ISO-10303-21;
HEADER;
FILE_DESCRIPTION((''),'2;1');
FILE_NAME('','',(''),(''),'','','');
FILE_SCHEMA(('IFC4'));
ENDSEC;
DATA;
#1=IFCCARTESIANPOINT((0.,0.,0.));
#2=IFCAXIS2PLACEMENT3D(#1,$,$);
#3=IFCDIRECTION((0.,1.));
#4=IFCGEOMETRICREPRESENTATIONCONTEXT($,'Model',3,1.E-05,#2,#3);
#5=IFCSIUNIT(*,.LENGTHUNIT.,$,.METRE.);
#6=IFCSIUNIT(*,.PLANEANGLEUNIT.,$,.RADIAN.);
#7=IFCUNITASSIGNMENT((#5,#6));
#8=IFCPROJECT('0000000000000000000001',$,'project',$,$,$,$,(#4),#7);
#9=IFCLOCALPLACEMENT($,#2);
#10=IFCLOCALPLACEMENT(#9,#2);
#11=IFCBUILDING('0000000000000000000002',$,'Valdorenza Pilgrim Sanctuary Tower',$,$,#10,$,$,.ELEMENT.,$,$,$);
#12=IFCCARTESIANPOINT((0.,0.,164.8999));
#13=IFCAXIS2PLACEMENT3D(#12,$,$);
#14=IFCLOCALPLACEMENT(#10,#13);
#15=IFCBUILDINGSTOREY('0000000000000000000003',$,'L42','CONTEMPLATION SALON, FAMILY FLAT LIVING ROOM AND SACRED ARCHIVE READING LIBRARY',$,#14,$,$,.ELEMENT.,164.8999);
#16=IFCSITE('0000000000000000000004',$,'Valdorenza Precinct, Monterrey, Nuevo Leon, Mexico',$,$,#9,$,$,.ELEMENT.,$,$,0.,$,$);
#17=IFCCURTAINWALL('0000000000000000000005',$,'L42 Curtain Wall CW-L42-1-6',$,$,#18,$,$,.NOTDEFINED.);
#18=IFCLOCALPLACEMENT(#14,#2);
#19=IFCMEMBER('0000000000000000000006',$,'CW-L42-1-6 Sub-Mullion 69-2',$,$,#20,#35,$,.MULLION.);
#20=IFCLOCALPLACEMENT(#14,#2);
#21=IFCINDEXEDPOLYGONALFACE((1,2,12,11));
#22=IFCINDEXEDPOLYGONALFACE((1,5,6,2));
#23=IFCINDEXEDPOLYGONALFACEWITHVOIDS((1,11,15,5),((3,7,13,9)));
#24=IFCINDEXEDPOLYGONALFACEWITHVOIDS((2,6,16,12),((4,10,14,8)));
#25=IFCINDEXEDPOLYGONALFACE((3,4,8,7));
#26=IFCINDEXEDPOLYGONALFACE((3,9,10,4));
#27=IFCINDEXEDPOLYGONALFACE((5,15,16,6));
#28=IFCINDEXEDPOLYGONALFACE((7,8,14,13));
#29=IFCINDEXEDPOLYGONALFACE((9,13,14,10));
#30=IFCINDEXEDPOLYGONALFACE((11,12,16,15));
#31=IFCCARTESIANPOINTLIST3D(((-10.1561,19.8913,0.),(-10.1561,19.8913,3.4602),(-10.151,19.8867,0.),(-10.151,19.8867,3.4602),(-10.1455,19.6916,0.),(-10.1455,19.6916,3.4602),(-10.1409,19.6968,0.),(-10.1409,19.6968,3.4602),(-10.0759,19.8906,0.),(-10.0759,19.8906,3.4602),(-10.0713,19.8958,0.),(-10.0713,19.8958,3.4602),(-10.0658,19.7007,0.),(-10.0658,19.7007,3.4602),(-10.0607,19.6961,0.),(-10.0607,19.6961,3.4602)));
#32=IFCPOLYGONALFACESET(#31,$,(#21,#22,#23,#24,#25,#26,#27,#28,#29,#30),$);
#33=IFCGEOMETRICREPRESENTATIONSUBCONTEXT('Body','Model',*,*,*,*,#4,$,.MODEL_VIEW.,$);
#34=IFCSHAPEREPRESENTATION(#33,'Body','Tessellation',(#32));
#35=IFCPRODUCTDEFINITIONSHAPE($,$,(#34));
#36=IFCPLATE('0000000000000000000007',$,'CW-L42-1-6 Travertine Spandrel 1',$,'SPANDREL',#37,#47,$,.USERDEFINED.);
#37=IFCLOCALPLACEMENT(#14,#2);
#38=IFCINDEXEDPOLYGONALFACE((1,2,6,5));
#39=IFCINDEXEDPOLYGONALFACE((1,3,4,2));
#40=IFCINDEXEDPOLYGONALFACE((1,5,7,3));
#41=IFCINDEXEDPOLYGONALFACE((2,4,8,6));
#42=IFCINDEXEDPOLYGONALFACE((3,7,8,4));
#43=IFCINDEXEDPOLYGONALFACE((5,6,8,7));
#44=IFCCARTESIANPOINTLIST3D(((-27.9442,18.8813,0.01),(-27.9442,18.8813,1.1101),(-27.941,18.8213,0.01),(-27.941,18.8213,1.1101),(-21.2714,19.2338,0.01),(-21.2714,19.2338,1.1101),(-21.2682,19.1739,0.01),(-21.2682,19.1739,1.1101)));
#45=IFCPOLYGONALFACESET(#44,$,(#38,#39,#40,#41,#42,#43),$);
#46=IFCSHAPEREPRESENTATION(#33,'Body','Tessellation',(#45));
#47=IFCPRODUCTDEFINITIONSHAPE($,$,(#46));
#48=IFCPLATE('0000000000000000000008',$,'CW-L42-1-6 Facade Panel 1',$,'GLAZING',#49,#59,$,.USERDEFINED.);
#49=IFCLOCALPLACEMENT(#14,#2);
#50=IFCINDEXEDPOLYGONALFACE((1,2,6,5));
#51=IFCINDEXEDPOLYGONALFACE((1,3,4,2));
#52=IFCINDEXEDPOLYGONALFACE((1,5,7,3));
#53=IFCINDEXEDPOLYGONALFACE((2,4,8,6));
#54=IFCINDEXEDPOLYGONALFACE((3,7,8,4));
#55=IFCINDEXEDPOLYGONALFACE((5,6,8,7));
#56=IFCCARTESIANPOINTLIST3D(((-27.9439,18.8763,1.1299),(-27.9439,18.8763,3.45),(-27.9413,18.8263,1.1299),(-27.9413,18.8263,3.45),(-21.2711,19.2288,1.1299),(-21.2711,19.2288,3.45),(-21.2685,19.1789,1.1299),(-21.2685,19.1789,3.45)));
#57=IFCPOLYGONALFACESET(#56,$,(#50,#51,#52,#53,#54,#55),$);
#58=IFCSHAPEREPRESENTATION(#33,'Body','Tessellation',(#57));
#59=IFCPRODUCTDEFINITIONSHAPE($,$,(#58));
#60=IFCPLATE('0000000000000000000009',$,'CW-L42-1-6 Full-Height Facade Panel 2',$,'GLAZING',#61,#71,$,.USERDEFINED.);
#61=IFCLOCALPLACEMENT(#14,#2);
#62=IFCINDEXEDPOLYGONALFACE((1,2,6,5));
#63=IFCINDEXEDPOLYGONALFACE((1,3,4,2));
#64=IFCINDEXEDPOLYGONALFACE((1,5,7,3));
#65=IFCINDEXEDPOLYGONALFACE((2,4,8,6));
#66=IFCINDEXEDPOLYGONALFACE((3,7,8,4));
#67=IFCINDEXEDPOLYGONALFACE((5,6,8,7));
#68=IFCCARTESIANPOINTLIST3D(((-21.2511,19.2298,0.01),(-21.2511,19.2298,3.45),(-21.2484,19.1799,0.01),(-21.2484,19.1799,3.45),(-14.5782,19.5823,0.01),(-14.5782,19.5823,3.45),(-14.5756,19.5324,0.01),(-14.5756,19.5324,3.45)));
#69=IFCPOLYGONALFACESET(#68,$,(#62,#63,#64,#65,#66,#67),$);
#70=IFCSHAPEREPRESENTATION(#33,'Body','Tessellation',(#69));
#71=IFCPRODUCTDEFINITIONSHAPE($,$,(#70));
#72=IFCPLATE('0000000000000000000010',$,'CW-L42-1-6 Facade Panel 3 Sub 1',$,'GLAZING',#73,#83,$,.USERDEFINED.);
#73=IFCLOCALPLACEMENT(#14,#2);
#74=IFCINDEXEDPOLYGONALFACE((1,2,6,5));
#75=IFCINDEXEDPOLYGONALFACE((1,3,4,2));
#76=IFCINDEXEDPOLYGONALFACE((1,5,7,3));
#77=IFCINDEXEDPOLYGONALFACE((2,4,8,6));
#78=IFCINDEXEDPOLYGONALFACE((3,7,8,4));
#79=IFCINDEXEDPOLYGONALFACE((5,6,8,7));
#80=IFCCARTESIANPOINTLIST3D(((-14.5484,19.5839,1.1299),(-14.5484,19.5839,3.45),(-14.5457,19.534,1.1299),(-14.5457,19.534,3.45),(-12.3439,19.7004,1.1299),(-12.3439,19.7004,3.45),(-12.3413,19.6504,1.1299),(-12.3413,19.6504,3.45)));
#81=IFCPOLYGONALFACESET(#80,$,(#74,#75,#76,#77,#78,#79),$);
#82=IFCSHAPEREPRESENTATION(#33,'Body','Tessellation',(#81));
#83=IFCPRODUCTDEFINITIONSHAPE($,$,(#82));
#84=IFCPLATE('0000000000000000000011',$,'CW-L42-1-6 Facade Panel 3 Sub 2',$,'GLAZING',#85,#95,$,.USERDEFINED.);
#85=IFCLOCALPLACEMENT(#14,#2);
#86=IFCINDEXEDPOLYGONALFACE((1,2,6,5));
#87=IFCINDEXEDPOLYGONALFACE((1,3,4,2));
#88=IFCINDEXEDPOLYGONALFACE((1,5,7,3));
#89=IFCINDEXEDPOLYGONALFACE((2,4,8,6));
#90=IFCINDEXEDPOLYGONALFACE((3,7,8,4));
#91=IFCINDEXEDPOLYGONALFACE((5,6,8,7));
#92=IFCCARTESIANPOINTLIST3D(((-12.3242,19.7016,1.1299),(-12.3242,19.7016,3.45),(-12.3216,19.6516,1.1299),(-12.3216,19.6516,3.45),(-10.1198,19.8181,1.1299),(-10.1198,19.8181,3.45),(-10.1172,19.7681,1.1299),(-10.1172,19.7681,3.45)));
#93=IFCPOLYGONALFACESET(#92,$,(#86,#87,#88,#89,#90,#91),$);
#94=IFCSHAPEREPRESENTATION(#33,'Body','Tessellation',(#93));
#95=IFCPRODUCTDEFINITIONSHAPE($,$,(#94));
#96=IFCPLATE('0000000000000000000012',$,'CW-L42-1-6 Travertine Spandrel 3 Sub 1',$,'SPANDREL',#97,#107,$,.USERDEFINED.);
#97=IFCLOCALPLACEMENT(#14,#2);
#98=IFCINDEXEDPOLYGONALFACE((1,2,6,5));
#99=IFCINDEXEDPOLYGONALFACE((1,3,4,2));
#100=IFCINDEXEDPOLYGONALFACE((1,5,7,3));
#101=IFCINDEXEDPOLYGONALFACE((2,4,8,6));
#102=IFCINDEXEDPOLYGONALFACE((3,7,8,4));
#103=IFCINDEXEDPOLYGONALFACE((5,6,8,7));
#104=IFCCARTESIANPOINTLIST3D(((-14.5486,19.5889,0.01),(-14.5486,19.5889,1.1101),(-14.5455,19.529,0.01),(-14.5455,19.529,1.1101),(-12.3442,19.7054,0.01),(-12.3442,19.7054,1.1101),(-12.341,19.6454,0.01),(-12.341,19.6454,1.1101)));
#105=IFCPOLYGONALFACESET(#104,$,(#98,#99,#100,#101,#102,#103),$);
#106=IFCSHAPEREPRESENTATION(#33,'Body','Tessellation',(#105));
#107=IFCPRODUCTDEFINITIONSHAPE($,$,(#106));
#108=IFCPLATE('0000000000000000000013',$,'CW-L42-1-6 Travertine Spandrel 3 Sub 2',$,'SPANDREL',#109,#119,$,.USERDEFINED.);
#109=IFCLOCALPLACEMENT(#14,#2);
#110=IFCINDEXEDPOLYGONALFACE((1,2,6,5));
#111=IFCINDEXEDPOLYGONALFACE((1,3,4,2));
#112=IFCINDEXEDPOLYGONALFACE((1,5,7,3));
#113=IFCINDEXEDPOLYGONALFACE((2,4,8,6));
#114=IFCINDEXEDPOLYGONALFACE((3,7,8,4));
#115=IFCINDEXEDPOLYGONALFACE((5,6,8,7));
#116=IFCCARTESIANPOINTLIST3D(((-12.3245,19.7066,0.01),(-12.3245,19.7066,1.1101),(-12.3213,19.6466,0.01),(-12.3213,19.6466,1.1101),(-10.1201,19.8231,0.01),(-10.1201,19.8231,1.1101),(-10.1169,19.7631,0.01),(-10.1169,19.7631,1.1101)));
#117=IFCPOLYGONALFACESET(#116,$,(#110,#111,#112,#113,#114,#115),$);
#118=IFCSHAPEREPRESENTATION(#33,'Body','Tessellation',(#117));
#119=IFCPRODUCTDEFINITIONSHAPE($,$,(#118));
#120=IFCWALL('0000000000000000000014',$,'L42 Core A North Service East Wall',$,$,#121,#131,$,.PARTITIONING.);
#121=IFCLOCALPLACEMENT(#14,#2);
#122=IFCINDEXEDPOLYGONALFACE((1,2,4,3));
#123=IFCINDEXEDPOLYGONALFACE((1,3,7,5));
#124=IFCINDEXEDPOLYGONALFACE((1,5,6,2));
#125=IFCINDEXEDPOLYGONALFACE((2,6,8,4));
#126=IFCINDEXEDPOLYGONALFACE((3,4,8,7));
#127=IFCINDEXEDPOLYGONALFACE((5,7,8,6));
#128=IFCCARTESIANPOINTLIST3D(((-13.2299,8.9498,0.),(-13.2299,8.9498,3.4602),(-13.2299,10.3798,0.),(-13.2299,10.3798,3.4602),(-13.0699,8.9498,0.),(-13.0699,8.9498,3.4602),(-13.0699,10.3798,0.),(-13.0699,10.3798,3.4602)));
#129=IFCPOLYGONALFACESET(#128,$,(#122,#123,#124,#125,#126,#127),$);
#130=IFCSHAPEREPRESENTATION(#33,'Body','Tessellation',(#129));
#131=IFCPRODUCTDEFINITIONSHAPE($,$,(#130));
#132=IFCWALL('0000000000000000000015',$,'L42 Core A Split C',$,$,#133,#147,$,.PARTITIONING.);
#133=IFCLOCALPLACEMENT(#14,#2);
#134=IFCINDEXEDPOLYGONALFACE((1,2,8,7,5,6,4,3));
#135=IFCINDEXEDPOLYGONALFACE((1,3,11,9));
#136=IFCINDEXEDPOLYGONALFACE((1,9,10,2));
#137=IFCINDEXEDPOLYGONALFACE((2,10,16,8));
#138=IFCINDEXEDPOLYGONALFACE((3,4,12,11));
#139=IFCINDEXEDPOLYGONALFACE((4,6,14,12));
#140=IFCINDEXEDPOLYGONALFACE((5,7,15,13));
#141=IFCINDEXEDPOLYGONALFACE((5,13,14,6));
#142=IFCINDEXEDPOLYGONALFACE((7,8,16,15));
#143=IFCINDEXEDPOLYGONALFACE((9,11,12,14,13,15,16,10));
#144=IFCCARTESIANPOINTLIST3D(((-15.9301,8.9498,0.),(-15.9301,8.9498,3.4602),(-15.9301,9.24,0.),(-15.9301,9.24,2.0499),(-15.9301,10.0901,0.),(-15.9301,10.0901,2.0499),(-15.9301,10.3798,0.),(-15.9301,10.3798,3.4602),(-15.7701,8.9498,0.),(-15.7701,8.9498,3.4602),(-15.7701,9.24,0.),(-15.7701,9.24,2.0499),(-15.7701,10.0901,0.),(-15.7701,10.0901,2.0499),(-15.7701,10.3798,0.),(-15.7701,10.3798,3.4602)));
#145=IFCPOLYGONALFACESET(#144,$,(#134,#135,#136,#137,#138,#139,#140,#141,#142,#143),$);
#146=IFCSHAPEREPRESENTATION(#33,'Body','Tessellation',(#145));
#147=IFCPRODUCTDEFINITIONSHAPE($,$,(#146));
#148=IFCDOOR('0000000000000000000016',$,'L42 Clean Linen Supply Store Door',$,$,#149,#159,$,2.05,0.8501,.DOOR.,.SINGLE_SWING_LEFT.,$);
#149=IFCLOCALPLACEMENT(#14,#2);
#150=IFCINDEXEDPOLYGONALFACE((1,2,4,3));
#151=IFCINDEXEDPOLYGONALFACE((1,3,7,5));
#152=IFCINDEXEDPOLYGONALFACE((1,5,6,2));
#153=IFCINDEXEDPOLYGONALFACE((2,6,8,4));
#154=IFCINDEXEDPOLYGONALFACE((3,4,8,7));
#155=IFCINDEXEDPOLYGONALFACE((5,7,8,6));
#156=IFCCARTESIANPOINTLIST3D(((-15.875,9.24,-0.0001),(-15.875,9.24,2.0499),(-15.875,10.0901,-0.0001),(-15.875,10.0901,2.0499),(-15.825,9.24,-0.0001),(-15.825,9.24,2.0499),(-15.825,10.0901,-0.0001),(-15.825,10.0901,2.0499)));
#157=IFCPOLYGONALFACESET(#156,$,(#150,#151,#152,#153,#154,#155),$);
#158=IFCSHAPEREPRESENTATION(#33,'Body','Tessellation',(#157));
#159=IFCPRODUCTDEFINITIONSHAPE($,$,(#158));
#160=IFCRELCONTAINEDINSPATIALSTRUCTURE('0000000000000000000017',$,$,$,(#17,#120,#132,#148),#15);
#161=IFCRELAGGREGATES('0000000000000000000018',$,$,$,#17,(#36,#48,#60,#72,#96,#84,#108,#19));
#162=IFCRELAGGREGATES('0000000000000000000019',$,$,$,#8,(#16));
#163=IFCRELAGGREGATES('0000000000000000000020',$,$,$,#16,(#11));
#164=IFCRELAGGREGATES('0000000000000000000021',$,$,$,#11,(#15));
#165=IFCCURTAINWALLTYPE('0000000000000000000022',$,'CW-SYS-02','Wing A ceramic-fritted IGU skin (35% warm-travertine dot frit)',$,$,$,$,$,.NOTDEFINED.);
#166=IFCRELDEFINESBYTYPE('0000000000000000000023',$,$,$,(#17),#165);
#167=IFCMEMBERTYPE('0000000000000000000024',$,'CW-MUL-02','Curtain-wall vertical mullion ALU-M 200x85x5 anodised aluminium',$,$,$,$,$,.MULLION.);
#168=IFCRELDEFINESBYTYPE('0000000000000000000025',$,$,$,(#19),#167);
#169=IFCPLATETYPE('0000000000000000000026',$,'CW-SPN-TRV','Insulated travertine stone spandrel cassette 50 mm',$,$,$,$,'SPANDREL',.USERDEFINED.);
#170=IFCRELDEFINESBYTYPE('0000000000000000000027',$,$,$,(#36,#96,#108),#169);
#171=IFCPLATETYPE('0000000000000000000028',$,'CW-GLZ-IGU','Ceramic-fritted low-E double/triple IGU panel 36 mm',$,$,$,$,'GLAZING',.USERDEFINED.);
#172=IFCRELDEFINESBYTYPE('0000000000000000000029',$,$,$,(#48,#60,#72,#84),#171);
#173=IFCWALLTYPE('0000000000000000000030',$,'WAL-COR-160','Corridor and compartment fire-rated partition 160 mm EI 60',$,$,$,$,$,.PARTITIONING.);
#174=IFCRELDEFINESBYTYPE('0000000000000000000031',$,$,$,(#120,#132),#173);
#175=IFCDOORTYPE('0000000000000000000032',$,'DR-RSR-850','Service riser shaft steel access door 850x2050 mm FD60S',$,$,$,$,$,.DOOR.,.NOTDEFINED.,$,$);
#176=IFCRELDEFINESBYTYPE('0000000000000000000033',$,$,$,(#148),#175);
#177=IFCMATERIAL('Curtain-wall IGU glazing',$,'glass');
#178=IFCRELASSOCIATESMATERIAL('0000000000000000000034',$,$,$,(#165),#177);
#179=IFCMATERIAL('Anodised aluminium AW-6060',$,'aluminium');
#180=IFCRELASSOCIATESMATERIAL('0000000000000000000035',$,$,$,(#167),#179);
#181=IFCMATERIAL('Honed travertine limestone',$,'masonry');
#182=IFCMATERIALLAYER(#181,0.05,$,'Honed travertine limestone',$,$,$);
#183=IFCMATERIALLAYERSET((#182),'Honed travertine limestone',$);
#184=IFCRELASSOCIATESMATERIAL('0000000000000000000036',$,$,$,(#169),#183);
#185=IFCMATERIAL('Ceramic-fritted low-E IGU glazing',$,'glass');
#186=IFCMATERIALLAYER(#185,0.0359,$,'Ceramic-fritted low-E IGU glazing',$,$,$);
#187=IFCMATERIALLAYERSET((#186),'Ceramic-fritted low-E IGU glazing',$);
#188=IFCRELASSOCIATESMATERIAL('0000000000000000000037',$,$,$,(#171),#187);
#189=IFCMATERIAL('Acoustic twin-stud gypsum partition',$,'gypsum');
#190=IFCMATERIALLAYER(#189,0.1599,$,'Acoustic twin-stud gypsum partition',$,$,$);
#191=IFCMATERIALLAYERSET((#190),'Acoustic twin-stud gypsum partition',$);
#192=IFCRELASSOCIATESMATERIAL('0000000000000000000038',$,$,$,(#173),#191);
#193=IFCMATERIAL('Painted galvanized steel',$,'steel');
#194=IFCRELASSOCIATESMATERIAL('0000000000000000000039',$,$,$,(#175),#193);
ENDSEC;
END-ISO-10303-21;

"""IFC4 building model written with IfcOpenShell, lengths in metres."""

from ifc_helpers import new_model, si_unit, direction, frame, frame_2d, origin, origin_2d, place, context, subcontext, project, spatial, rectangle, hollow_rectangle, extrude, source, transform, mapped, material, layer, layer_set, material_profile, profile_set, type_object, element, fill, aggregate, save


model = new_model("IFC4")

# Units and contexts
model_context = context("Model", 3, precision=1e-05, world=origin(), true_north=direction((0.0, 1.0)))
body_context = subcontext(model_context, "Body", "Model", "MODEL_VIEW")
ifc_project = project(units=[si_unit("LENGTHUNIT", "METRE"), si_unit("PLANEANGLEUNIT", "RADIAN")], contexts=[model_context])

# Site, building, storey
site_placement = place(None, origin())
site = spatial("IfcSite", under=ifc_project, at=site_placement, Name="Valdorenza Precinct, Monterrey, Nuevo Leon, Mexico", CompositionType="ELEMENT", RefElevation=0.0)
building_placement = place(site_placement, origin())
building = spatial("IfcBuilding", under=site, at=building_placement, Name="Valdorenza Pilgrim Sanctuary Tower", CompositionType="ELEMENT")
storey_placement = place(building_placement, frame((0.0, 0.0, 164.8999)))
storey = spatial("IfcBuildingStorey", under=building, at=storey_placement, Name="L42", Description="CONTEMPLATION SALON, FAMILY FLAT LIVING ROOM AND SACRED ARCHIVE READING LIBRARY", CompositionType="ELEMENT", Elevation=164.8999)

# Curtain wall, member, plates
ifc_material_1 = material(Name="Curtain-wall IGU glazing", Category="glass")
curtain_wall_type = type_object("IfcCurtainWallType", Name="CW-SYS-02", Description="Wing A ceramic-fritted IGU skin (35% warm-travertine dot frit)", PredefinedType="NOTDEFINED", material=ifc_material_1)
curtain_wall_placement = place(storey_placement, origin())
curtain_wall = element("IfcCurtainWall", 1, at=curtain_wall_placement, inside=storey, type_object=curtain_wall_type, Name="L42 Curtain Wall CW-L42-1-6", PredefinedType="NOTDEFINED")
ifc_material_2 = material(Name="Anodised aluminium AW-6060", Category="aluminium")
ifc_material_profile_1 = material_profile(ifc_material_2, hollow_rectangle(XDim=0.085, YDim=0.2, WallThickness=0.0049, at=origin_2d()), Name="ALU-M 200x85x5")
ifc_profile_set_1 = profile_set([ifc_material_profile_1], Name="Anodised aluminium AW-6060")
member_type = type_object("IfcMemberType", Name="CW-MUL-02", Description="Curtain-wall vertical mullion ALU-M 200x85x5 anodised aluminium", PredefinedType="MULLION", material=ifc_profile_set_1)
shared_shape_1 = source(origin(), body_context, "Body", "SweptSolid", [
    extrude(hollow_rectangle(XDim=0.085, YDim=0.2, WallThickness=0.0049, at=origin_2d()), origin(), (0.0, 0.0, 1.0), 3.4602),
])
member_1_placement = place(storey_placement, frame((-10.1084, 19.7937, 0.0), z_axis=(0.0, 0.0, 1.0), x_axis=(0.998608, 0.052754, 0.0)))
member_1 = element("IfcMember", 2, at=member_1_placement, type_object=member_type, Name="CW-L42-1-6 Sub-Mullion 69-2", PredefinedType="MULLION", context=body_context, shape_type="MappedRepresentation", body=[
    mapped(shared_shape_1, transform((0.0, 0.0, 0.0), x_axis=(1.0, 0.0, 0.0), y_axis=(0.0, 1.0, 0.0), z_axis=(0.0, 0.0, 1.0), scale=1.0)),
])
ifc_material_3 = material(Name="Honed travertine limestone", Category="masonry")
ifc_layer_1 = layer(ifc_material_3, 0.05, Name="Honed travertine limestone")
ifc_layer_set_1 = layer_set([ifc_layer_1], Name="Honed travertine limestone")
plate_type_1 = type_object("IfcPlateType", Name="CW-SPN-TRV", Description="Insulated travertine stone spandrel cassette 50 mm", ElementType="SPANDREL", PredefinedType="USERDEFINED", material=ifc_layer_set_1)
shared_shape_2 = source(origin(), body_context, "Body", "SweptSolid", [
    extrude(rectangle(XDim=6.6821, YDim=0.0601, at=origin_2d()), origin(), (0.0, 0.0, 1.0), 1.1001),
])
plate_1_placement = place(storey_placement, frame((-24.6062, 19.0276, 0.01), z_axis=(0.0, 0.0, 1.0), x_axis=(0.998608, 0.052754, 0.0)))
plate_1 = element("IfcPlate", 3, at=plate_1_placement, type_object=plate_type_1, Name="CW-L42-1-6 Travertine Spandrel 1", ObjectType="SPANDREL", PredefinedType="USERDEFINED", context=body_context, shape_type="MappedRepresentation", body=[
    mapped(shared_shape_2, transform((0.0, 0.0, 0.0), x_axis=(1.0, 0.0, 0.0), y_axis=(0.0, 1.0, 0.0), z_axis=(0.0, 0.0, 1.0), scale=1.0)),
])
ifc_material_4 = material(Name="Ceramic-fritted low-E IGU glazing", Category="glass")
ifc_layer_2 = layer(ifc_material_4, 0.0359, Name="Ceramic-fritted low-E IGU glazing")
ifc_layer_set_2 = layer_set([ifc_layer_2], Name="Ceramic-fritted low-E IGU glazing")
plate_type_2 = type_object("IfcPlateType", Name="CW-GLZ-IGU", Description="Ceramic-fritted low-E double/triple IGU panel 36 mm", ElementType="GLAZING", PredefinedType="USERDEFINED", material=ifc_layer_set_2)
shared_shape_3 = source(origin(), body_context, "Body", "SweptSolid", [
    extrude(rectangle(XDim=6.6821, YDim=0.05, at=origin_2d()), origin(), (0.0, 0.0, 1.0), 2.3201),
])
plate_2_placement = place(storey_placement, frame((-24.6062, 19.0276, 1.1299), z_axis=(0.0, 0.0, 1.0), x_axis=(0.998608, 0.052754, 0.0)))
plate_2 = element("IfcPlate", 4, at=plate_2_placement, type_object=plate_type_2, Name="CW-L42-1-6 Facade Panel 1", ObjectType="GLAZING", PredefinedType="USERDEFINED", context=body_context, shape_type="MappedRepresentation", body=[
    mapped(shared_shape_3, transform((0.0, 0.0, 0.0), x_axis=(1.0, 0.0, 0.0), y_axis=(0.0, 1.0, 0.0), z_axis=(0.0, 0.0, 1.0), scale=1.0)),
])
shared_shape_4 = source(origin(), body_context, "Body", "SweptSolid", [
    extrude(rectangle(XDim=6.6821, YDim=0.05, at=origin_2d()), origin(), (0.0, 0.0, 1.0), 3.4399),
])
plate_3_placement = place(storey_placement, frame((-17.9133, 19.3811, 0.01), z_axis=(0.0, 0.0, 1.0), x_axis=(0.998608, 0.052754, 0.0)))
plate_3 = element("IfcPlate", 5, at=plate_3_placement, type_object=plate_type_2, Name="CW-L42-1-6 Full-Height Facade Panel 2", ObjectType="GLAZING", PredefinedType="USERDEFINED", context=body_context, shape_type="MappedRepresentation", body=[
    mapped(shared_shape_4, transform((0.0, 0.0, 0.0), x_axis=(1.0, 0.0, 0.0), y_axis=(0.0, 1.0, 0.0), z_axis=(0.0, 0.0, 1.0), scale=1.0)),
])
shared_shape_5 = source(origin(), body_context, "Body", "SweptSolid", [
    extrude(rectangle(XDim=2.2075, YDim=0.05, at=origin_2d()), origin(), (0.0, 0.0, 1.0), 2.3201),
])
plate_4_placement = place(storey_placement, frame((-13.4448, 19.6172, 1.1299), z_axis=(0.0, 0.0, 1.0), x_axis=(0.998608, 0.052754, 0.0)))
plate_4 = element("IfcPlate", 6, at=plate_4_placement, type_object=plate_type_2, Name="CW-L42-1-6 Facade Panel 3 Sub 1", ObjectType="GLAZING", PredefinedType="USERDEFINED", context=body_context, shape_type="MappedRepresentation", body=[
    mapped(shared_shape_5, transform((0.0, 0.0, 0.0), x_axis=(1.0, 0.0, 0.0), y_axis=(0.0, 1.0, 0.0), z_axis=(0.0, 0.0, 1.0), scale=1.0)),
])
plate_5_placement = place(storey_placement, frame((-11.2207, 19.7349, 1.1299), z_axis=(0.0, 0.0, 1.0), x_axis=(0.998608, 0.052754, 0.0)))
plate_5 = element("IfcPlate", 7, at=plate_5_placement, type_object=plate_type_2, Name="CW-L42-1-6 Facade Panel 3 Sub 2", ObjectType="GLAZING", PredefinedType="USERDEFINED", context=body_context, shape_type="MappedRepresentation", body=[
    mapped(shared_shape_5, transform((0.0, 0.0, 0.0), x_axis=(1.0, 0.0, 0.0), y_axis=(0.0, 1.0, 0.0), z_axis=(0.0, 0.0, 1.0), scale=1.0)),
])
shared_shape_6 = source(origin(), body_context, "Body", "SweptSolid", [
    extrude(rectangle(XDim=2.2075, YDim=0.0601, at=origin_2d()), origin(), (0.0, 0.0, 1.0), 1.1001),
])
plate_6_placement = place(storey_placement, frame((-13.4448, 19.6172, 0.01), z_axis=(0.0, 0.0, 1.0), x_axis=(0.998608, 0.052754, 0.0)))
plate_6 = element("IfcPlate", 8, at=plate_6_placement, type_object=plate_type_1, Name="CW-L42-1-6 Travertine Spandrel 3 Sub 1", ObjectType="SPANDREL", PredefinedType="USERDEFINED", context=body_context, shape_type="MappedRepresentation", body=[
    mapped(shared_shape_6, transform((0.0, 0.0, 0.0), x_axis=(1.0, 0.0, 0.0), y_axis=(0.0, 1.0, 0.0), z_axis=(0.0, 0.0, 1.0), scale=1.0)),
])
plate_7_placement = place(storey_placement, frame((-11.2207, 19.7349, 0.01), z_axis=(0.0, 0.0, 1.0), x_axis=(0.998608, 0.052754, 0.0)))
plate_7 = element("IfcPlate", 9, at=plate_7_placement, type_object=plate_type_1, Name="CW-L42-1-6 Travertine Spandrel 3 Sub 2", ObjectType="SPANDREL", PredefinedType="USERDEFINED", context=body_context, shape_type="MappedRepresentation", body=[
    mapped(shared_shape_6, transform((0.0, 0.0, 0.0), x_axis=(1.0, 0.0, 0.0), y_axis=(0.0, 1.0, 0.0), z_axis=(0.0, 0.0, 1.0), scale=1.0)),
])
aggregate(curtain_wall, [plate_1, plate_2, plate_3, plate_4, plate_6, plate_5, plate_7, member_1])

# Wall
ifc_material_5 = material(Name="Acoustic twin-stud gypsum partition", Category="gypsum")
ifc_layer_3 = layer(ifc_material_5, 0.1599, Name="Acoustic twin-stud gypsum partition")
ifc_layer_set_3 = layer_set([ifc_layer_3], Name="Acoustic twin-stud gypsum partition")
wall_type_1 = type_object("IfcWallType", Name="WAL-COR-160", Description="Corridor and compartment fire-rated partition 160 mm EI 60", PredefinedType="PARTITIONING", material=ifc_layer_set_3)
wall_1_placement = place(storey_placement, frame((-13.1499, 8.95, 0.0), z_axis=(0.0, 0.0, 1.0), x_axis=(0.0, 1.0, 0.0)))
element("IfcWall", 10, at=wall_1_placement, inside=storey, type_object=wall_type_1, Name="L42 Core A North Service East Wall", PredefinedType="PARTITIONING", context=body_context, shape_type="SweptSolid", body=[
    extrude(rectangle(XDim=1.4299, YDim=0.1599, at=frame_2d((0.7148, 0.0))), origin(), (0.0, 0.0, 1.0), 3.4602),
])

# Wall, opening, door
wall_2_placement = place(storey_placement, frame((-15.8501, 8.95, 0.0), z_axis=(0.0, 0.0, 1.0), x_axis=(0.0, 1.0, 0.0)))
wall_2 = element("IfcWall", 11, at=wall_2_placement, inside=storey, type_object=wall_type_1, Name="L42 Core A Split C", PredefinedType="PARTITIONING", context=body_context, shape_type="SweptSolid", body=[
    extrude(rectangle(XDim=1.4299, YDim=0.1599, at=frame_2d((0.7148, 0.0))), origin(), (0.0, 0.0, 1.0), 3.4602),
])
opening_1_placement = place(wall_2_placement, frame((0.29, 0.0, 0.0)))
opening_1 = element("IfcOpeningElement", 12, at=opening_1_placement, cuts=wall_2, PredefinedType="OPENING", context=body_context, shape_type="SweptSolid", body=[
    extrude(rectangle(XDim=0.8501, YDim=2.05, at=frame_2d((0.425, 1.0249))), frame((0.0, 0.0947, 0.0), z_axis=(0.0, -1.0, 0.0), x_axis=(1.0, 0.0, 0.0)), (0.0, 0.0, 1.0), 0.1897),
])
ifc_material_6 = material(Name="Painted galvanized steel", Category="steel")
door_type_1 = type_object("IfcDoorType", Name="DR-RSR-850", Description="Service riser shaft steel access door 850x2050 mm FD60S", OperationType="NOTDEFINED", PredefinedType="DOOR", material=ifc_material_6)
door_1_placement = place(opening_1_placement, origin())
door_1 = element("IfcDoor", 13, at=door_1_placement, inside=storey, type_object=door_type_1, Name="L42 Clean Linen Supply Store Door", OperationType="SINGLE_SWING_LEFT", OverallHeight=2.05, OverallWidth=0.8501, PredefinedType="DOOR", context=body_context, shape_type="SweptSolid", body=[
    extrude(rectangle(XDim=0.8501, YDim=2.05, at=frame_2d((0.425, 1.0249))), frame((0.0, 0.0249, 0.0), z_axis=(0.0, -1.0, 0.0), x_axis=(1.0, 0.0, 0.0)), (0.0, 0.0, 1.0), 0.05),
])
fill(opening_1, door_1)

save(model, "model.ifc")
